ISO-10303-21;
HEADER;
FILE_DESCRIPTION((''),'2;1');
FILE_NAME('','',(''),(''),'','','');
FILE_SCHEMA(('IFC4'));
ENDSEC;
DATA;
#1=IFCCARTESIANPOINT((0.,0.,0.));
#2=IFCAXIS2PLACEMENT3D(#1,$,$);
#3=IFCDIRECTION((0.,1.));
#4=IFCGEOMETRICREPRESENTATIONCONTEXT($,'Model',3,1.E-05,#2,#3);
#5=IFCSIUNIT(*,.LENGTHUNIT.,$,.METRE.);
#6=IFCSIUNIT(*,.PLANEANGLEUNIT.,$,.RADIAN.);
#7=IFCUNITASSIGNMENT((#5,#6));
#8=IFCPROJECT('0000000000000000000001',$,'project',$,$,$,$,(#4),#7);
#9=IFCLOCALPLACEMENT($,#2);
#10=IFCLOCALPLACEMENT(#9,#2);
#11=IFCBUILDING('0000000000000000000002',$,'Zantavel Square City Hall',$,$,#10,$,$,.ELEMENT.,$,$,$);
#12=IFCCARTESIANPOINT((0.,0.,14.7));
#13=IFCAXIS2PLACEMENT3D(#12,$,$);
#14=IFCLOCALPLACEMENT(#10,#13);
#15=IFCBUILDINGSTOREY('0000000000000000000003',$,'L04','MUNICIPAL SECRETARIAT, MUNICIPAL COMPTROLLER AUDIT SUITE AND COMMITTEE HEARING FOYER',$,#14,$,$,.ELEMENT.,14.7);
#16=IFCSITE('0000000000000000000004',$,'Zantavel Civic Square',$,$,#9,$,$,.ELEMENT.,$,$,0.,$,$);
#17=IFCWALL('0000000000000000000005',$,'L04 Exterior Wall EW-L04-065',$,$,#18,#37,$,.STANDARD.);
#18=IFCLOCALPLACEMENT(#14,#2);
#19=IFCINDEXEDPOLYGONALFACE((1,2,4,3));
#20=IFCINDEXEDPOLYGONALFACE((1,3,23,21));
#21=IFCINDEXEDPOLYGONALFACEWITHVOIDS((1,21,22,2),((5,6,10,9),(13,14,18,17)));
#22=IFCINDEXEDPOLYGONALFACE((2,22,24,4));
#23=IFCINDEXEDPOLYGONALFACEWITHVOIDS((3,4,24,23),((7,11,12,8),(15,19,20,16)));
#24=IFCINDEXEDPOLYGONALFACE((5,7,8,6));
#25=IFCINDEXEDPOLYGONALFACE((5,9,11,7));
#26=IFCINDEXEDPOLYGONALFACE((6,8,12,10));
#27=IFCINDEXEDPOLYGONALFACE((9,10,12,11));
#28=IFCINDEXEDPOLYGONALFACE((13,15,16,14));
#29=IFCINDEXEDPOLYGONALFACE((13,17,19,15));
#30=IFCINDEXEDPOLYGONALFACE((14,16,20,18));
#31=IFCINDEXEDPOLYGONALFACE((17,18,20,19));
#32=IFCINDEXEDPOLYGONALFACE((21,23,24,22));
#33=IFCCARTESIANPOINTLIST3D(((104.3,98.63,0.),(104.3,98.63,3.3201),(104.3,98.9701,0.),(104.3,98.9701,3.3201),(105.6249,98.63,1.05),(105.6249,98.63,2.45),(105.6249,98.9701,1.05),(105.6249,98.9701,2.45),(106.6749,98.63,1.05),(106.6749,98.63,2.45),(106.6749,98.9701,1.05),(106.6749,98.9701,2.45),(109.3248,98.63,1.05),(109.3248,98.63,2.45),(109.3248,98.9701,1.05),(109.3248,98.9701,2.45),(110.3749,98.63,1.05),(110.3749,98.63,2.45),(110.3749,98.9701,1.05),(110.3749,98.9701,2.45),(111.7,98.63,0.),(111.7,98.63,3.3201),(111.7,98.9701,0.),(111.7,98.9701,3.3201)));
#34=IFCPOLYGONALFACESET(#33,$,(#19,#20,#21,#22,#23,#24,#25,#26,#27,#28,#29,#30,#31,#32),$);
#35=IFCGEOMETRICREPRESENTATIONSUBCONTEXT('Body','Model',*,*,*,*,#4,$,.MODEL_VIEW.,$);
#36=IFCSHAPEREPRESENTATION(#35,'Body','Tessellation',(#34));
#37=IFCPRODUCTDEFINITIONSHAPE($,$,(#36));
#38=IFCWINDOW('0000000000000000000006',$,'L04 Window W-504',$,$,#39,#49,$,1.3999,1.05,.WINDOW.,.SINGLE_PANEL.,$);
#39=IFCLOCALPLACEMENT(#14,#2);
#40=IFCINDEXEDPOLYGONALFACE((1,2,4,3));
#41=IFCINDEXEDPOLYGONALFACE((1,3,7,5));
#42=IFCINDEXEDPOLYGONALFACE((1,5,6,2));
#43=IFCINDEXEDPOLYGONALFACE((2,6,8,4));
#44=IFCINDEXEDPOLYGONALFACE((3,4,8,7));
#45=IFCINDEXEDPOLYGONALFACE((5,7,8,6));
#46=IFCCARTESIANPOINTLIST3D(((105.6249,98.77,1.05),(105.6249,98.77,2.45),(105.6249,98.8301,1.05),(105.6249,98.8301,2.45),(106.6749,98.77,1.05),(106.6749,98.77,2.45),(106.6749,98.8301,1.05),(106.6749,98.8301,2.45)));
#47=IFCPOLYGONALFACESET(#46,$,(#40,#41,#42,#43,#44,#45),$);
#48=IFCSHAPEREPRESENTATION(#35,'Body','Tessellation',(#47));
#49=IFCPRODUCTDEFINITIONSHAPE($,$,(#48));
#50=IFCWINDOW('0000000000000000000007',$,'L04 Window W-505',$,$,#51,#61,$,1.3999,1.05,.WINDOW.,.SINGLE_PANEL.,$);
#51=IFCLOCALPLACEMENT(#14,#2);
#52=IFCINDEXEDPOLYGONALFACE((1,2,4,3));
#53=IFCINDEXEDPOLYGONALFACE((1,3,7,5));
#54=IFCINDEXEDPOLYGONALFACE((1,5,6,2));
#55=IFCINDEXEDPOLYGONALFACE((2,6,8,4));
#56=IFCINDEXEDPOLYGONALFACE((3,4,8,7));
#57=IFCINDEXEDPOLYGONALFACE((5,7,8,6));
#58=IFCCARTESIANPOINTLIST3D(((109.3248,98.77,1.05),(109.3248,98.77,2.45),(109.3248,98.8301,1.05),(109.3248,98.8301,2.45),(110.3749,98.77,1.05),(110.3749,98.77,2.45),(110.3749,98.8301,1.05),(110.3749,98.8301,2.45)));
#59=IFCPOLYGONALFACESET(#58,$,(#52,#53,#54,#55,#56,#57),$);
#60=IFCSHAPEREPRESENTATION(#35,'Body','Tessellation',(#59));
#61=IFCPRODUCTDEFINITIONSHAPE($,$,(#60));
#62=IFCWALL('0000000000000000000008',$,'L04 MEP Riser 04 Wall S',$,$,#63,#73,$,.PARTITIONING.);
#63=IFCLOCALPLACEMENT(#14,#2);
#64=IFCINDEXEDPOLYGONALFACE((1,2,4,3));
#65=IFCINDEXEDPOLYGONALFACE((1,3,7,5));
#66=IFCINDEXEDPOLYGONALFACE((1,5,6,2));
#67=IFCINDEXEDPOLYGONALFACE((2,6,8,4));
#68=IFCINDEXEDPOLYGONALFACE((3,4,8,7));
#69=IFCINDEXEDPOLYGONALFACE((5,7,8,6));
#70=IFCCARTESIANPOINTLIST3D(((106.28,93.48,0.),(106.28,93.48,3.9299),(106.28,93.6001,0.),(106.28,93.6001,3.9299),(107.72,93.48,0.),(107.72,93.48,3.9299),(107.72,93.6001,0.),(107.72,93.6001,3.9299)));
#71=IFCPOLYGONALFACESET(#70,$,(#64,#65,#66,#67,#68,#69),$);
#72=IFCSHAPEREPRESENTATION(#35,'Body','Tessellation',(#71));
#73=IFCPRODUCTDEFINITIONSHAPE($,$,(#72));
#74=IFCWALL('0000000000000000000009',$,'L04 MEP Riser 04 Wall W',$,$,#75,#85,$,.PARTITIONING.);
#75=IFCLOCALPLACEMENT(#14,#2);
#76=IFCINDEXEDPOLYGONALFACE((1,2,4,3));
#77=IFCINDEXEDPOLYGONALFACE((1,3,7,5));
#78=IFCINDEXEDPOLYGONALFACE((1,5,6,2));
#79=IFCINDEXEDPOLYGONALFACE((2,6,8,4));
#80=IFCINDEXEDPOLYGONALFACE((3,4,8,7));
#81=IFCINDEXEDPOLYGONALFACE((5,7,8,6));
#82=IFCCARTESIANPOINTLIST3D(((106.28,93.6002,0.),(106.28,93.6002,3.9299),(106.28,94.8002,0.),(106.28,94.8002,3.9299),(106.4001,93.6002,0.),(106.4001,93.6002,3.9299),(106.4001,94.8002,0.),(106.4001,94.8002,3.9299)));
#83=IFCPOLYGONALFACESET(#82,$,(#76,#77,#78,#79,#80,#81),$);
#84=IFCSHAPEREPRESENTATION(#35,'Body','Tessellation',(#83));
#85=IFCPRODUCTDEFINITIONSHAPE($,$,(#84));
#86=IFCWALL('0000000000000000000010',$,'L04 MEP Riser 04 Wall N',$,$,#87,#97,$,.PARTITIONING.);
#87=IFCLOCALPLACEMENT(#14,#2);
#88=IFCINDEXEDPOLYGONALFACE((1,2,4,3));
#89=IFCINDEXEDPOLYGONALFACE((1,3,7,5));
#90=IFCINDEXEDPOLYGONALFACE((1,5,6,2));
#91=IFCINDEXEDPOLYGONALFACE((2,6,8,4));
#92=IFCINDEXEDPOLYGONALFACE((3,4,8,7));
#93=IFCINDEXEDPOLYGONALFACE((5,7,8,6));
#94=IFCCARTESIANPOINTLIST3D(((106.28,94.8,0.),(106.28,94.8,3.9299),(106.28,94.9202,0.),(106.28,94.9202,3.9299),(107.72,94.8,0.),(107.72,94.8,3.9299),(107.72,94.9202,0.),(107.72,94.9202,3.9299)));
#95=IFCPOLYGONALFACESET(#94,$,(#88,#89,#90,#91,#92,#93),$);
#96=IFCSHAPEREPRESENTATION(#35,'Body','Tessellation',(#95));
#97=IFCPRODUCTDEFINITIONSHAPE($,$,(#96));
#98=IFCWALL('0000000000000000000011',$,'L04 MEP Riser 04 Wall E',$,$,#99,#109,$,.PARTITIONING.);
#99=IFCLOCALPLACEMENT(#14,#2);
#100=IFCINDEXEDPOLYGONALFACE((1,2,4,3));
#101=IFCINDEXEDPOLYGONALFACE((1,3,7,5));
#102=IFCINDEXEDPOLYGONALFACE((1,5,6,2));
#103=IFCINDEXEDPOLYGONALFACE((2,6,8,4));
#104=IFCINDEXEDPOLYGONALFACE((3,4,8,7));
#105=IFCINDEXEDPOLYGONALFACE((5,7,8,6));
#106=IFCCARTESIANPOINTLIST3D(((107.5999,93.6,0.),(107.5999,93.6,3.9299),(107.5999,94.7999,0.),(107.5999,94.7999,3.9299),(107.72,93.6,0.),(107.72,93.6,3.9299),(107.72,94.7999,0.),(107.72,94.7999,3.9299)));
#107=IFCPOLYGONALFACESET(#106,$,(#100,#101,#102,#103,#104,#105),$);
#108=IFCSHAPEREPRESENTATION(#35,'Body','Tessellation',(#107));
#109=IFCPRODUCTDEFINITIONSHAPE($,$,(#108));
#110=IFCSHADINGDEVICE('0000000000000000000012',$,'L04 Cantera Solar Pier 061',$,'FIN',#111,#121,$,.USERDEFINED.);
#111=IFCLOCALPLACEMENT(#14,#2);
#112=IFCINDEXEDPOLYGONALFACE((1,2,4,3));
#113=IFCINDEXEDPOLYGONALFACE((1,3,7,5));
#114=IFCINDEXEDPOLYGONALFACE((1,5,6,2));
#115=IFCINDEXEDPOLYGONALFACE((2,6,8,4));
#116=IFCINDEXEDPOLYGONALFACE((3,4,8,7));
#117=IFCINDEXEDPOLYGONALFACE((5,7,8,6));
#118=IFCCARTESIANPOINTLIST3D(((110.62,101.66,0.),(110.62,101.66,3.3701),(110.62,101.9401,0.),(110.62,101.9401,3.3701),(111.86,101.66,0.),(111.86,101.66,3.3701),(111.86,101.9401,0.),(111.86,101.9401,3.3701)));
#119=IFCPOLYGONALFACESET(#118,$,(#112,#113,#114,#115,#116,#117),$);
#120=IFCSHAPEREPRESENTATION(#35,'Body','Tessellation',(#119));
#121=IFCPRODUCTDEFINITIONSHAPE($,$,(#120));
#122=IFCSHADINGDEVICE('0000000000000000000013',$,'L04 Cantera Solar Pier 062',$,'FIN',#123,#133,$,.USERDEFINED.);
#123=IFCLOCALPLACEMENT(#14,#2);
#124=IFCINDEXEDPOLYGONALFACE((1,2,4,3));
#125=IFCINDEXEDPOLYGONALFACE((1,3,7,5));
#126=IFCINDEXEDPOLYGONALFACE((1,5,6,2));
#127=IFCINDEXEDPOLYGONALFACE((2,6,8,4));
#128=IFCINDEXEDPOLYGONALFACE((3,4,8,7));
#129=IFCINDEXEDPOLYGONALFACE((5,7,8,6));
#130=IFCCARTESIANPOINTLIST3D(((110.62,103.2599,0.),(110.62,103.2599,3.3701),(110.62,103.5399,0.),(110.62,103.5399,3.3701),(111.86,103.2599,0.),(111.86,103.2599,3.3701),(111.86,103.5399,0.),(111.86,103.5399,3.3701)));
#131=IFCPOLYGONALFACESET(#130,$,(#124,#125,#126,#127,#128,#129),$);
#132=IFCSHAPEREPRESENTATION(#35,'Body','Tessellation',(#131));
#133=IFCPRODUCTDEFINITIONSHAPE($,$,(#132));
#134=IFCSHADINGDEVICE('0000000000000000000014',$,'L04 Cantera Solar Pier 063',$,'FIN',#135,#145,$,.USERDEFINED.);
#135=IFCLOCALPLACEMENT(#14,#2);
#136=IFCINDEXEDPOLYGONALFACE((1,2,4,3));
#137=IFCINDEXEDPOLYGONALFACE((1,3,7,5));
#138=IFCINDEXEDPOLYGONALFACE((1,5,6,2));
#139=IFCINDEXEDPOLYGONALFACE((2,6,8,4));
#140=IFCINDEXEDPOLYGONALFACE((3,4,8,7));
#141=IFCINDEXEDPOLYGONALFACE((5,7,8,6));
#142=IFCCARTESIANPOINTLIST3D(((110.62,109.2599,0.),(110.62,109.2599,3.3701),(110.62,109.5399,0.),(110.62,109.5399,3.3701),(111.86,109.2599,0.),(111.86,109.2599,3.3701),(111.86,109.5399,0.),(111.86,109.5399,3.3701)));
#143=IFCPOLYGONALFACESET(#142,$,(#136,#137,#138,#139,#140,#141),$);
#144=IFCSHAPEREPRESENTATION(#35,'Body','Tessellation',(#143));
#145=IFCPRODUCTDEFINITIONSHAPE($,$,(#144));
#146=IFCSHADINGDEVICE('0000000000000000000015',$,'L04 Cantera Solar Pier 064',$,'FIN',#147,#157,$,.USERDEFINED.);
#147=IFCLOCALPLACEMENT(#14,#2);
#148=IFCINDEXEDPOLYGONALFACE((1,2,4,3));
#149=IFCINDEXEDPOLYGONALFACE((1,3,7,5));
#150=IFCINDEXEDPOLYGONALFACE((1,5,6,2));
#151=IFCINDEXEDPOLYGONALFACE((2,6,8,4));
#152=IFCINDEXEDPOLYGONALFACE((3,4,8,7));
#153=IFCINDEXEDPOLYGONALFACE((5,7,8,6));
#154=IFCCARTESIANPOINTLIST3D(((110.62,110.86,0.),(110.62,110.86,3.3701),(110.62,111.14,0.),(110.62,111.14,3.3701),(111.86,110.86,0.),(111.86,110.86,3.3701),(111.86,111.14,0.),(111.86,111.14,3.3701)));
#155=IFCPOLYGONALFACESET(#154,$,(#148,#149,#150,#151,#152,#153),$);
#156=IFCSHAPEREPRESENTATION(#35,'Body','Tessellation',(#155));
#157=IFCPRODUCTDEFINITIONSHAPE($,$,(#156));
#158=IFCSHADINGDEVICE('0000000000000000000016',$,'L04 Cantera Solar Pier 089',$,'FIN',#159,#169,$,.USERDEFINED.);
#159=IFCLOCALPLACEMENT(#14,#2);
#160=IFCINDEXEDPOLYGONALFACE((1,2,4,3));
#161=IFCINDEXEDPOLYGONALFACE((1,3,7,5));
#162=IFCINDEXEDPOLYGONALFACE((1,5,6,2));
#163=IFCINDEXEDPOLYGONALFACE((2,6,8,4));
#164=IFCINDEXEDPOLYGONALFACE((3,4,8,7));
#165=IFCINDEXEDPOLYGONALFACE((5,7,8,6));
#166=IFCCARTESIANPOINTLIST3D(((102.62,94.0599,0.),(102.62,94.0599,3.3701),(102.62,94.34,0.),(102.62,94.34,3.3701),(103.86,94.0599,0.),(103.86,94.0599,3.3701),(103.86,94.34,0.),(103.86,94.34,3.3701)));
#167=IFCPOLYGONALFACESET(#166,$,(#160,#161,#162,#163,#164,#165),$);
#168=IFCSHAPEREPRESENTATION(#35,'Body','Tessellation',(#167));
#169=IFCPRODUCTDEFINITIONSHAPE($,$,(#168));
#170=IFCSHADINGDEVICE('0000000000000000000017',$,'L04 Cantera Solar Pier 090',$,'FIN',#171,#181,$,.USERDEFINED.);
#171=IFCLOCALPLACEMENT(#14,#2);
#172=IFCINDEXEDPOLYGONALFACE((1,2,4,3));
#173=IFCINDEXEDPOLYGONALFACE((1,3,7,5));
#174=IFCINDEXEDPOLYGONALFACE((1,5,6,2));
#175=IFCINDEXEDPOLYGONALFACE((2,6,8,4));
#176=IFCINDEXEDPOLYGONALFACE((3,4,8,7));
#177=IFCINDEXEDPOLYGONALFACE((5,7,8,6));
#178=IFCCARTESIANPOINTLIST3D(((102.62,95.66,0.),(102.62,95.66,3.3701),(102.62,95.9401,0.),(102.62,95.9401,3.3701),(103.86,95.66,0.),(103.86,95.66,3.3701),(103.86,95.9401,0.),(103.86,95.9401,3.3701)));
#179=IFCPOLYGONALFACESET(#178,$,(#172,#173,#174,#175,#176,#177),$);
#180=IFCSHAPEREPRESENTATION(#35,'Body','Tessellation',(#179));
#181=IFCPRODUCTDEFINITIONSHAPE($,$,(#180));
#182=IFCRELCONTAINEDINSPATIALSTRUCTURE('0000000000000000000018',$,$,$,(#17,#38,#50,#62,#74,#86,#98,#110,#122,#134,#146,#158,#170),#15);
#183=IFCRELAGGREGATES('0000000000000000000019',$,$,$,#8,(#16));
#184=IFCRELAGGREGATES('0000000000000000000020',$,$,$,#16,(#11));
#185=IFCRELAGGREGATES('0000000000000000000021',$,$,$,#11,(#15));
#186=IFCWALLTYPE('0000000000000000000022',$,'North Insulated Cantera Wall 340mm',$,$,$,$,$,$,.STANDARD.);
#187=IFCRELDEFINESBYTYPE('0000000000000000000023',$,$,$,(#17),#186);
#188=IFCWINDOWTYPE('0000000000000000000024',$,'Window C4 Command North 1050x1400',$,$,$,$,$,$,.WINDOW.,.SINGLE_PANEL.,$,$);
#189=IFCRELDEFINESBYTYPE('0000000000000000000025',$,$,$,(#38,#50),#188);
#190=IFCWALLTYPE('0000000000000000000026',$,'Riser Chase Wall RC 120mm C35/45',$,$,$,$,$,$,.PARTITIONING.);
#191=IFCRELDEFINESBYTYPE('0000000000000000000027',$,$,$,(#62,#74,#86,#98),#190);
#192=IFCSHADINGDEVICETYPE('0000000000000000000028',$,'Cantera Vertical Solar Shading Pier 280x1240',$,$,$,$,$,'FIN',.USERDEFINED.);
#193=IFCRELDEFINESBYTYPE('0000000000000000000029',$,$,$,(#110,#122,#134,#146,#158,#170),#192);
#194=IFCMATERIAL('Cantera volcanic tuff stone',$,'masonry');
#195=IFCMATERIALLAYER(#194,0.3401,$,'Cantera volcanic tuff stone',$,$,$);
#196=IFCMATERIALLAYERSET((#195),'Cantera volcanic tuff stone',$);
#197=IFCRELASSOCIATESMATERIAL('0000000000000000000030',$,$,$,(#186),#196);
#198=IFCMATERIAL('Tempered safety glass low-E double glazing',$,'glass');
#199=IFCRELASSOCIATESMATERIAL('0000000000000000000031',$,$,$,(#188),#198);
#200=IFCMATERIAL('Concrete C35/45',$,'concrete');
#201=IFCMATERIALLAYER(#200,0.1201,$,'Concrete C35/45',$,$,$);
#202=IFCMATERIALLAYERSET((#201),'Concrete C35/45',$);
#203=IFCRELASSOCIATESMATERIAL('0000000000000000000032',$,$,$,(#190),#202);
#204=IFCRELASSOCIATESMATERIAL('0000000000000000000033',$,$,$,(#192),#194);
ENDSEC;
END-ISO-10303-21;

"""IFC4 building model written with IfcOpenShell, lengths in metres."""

from ifc_helpers import new_model, si_unit, direction, frame, frame_2d, origin, origin_2d, place, context, subcontext, project, spatial, rectangle, extrude, material, layer, layer_set, type_object, element, fill, save


model = new_model("IFC4")

# Units and contexts
model_context = context("Model", 3, precision=1e-05, world=origin(), true_north=direction((0.0, 1.0)))
body_context = subcontext(model_context, "Body", "Model", "MODEL_VIEW")
ifc_project = project(units=[si_unit("LENGTHUNIT", "METRE"), si_unit("PLANEANGLEUNIT", "RADIAN")], contexts=[model_context])

# Site, building, storey
site_placement = place(None, origin())
site = spatial("IfcSite", under=ifc_project, at=site_placement, Name="Zantavel Civic Square", CompositionType="ELEMENT", RefElevation=0.0)
building_placement = place(site_placement, origin())
building = spatial("IfcBuilding", under=site, at=building_placement, Name="Zantavel Square City Hall", CompositionType="ELEMENT")
storey_placement = place(building_placement, frame((0.0, 0.0, 14.7)))
storey = spatial("IfcBuildingStorey", under=building, at=storey_placement, Name="L04", Description="MUNICIPAL SECRETARIAT, MUNICIPAL COMPTROLLER AUDIT SUITE AND COMMITTEE HEARING FOYER", CompositionType="ELEMENT", Elevation=14.7)

# Shared definitions
ifc_material_1 = material(Name="Concrete C35/45", Category="concrete")

# Wall, openings, windows
ifc_material_2 = material(Name="Cantera volcanic tuff stone", Category="masonry")
ifc_material_3 = material(Name="Tempered safety glass low-E double glazing", Category="glass")
ifc_layer_1 = layer(ifc_material_2, 0.3401, Name="Cantera volcanic tuff stone")
ifc_layer_set_1 = layer_set([ifc_layer_1], Name="Cantera volcanic tuff stone")
wall_type_1 = type_object("IfcWallType", Name="North Insulated Cantera Wall 340mm", PredefinedType="STANDARD", material=ifc_layer_set_1)
wall_1_placement = place(storey_placement, frame((104.3, 98.8, 0.0), z_axis=(0.0, 0.0, 1.0), x_axis=(1.0, 0.0, 0.0)))
wall_1 = element("IfcWall", 1, at=wall_1_placement, inside=storey, type_object=wall_type_1, Name="L04 Exterior Wall EW-L04-065", PredefinedType="STANDARD", context=body_context, shape_type="SweptSolid", body=[
    extrude(rectangle(XDim=7.3999, YDim=0.3401, at=frame_2d((3.7, 0.0))), origin(), (0.0, 0.0, 1.0), 3.3201),
])
opening_1_placement = place(wall_1_placement, frame((1.325, 0.0, 1.05)))
opening_1 = element("IfcOpeningElement", 2, at=opening_1_placement, cuts=wall_1, PredefinedType="OPENING", context=body_context, shape_type="SweptSolid", body=[
    extrude(rectangle(XDim=1.05, YDim=1.3999, at=frame_2d((0.5249, 0.7))), frame((0.0, 0.1799, 0.0), z_axis=(0.0, -1.0, 0.0), x_axis=(1.0, 0.0, 0.0)), (0.0, 0.0, 1.0), 0.3601),
])
opening_2_placement = place(wall_1_placement, frame((5.0249, 0.0, 1.05)))
opening_2 = element("IfcOpeningElement", 3, at=opening_2_placement, cuts=wall_1, PredefinedType="OPENING", context=body_context, shape_type="SweptSolid", body=[
    extrude(rectangle(XDim=1.05, YDim=1.3999, at=frame_2d((0.5249, 0.7))), frame((0.0, 0.1799, 0.0), z_axis=(0.0, -1.0, 0.0), x_axis=(1.0, 0.0, 0.0)), (0.0, 0.0, 1.0), 0.3601),
])
window_type_1 = type_object("IfcWindowType", Name="Window C4 Command North 1050x1400", PartitioningType="SINGLE_PANEL", PredefinedType="WINDOW", material=ifc_material_3)
window_1_placement = place(opening_1_placement, origin())
window_1 = element("IfcWindow", 4, at=window_1_placement, inside=storey, type_object=window_type_1, Name="L04 Window W-504", OverallHeight=1.3999, OverallWidth=1.05, PartitioningType="SINGLE_PANEL", PredefinedType="WINDOW", context=body_context, shape_type="SweptSolid", body=[
    extrude(rectangle(XDim=1.05, YDim=1.3999, at=frame_2d((0.5249, 0.7))), frame((0.0, 0.03, 0.0), z_axis=(0.0, -1.0, 0.0), x_axis=(1.0, 0.0, 0.0)), (0.0, 0.0, 1.0), 0.0601),
])
fill(opening_1, window_1)
window_2_placement = place(opening_2_placement, origin())
window_2 = element("IfcWindow", 5, at=window_2_placement, inside=storey, type_object=window_type_1, Name="L04 Window W-505", OverallHeight=1.3999, OverallWidth=1.05, PartitioningType="SINGLE_PANEL", PredefinedType="WINDOW", context=body_context, shape_type="SweptSolid", body=[
    extrude(rectangle(XDim=1.05, YDim=1.3999, at=frame_2d((0.5249, 0.7))), frame((0.0, 0.03, 0.0), z_axis=(0.0, -1.0, 0.0), x_axis=(1.0, 0.0, 0.0)), (0.0, 0.0, 1.0), 0.0601),
])
fill(opening_2, window_2)

# Walls
ifc_layer_2 = layer(ifc_material_1, 0.1201, Name="Concrete C35/45")
ifc_layer_set_2 = layer_set([ifc_layer_2], Name="Concrete C35/45")
wall_type_2 = type_object("IfcWallType", Name="Riser Chase Wall RC 120mm C35/45", PredefinedType="PARTITIONING", material=ifc_layer_set_2)
wall_2_placement = place(storey_placement, frame((107.72, 93.54, 0.0), z_axis=(0.0, 0.0, 1.0), x_axis=(-1.0, 0.0, 0.0)))
element("IfcWall", 6, at=wall_2_placement, inside=storey, type_object=wall_type_2, Name="L04 MEP Riser 04 Wall S", PredefinedType="PARTITIONING", context=body_context, shape_type="SweptSolid", body=[
    extrude(rectangle(XDim=1.4399, YDim=0.1201, at=frame_2d((0.72, 0.0))), origin(), (0.0, 0.0, 1.0), 3.9299),
])
wall_3_placement = place(storey_placement, frame((106.3401, 93.6001, 0.0), z_axis=(0.0, 0.0, 1.0), x_axis=(0.0, 1.0, 0.0)))
element("IfcWall", 7, at=wall_3_placement, inside=storey, type_object=wall_type_2, Name="L04 MEP Riser 04 Wall W", PredefinedType="PARTITIONING", context=body_context, shape_type="SweptSolid", body=[
    extrude(rectangle(XDim=1.2, YDim=0.1201, at=frame_2d((0.6001, 0.0))), origin(), (0.0, 0.0, 1.0), 3.9299),
])
wall_4_placement = place(storey_placement, frame((106.28, 94.8601, 0.0), z_axis=(0.0, 0.0, 1.0), x_axis=(1.0, 0.0, 0.0)))
element("IfcWall", 8, at=wall_4_placement, inside=storey, type_object=wall_type_2, Name="L04 MEP Riser 04 Wall N", PredefinedType="PARTITIONING", context=body_context, shape_type="SweptSolid", body=[
    extrude(rectangle(XDim=1.4399, YDim=0.1201, at=frame_2d((0.72, 0.0))), origin(), (0.0, 0.0, 1.0), 3.9299),
])
wall_5_placement = place(storey_placement, frame((107.6599, 94.8, 0.0), z_axis=(0.0, 0.0, 1.0), x_axis=(0.0, -1.0, 0.0)))
element("IfcWall", 9, at=wall_5_placement, inside=storey, type_object=wall_type_2, Name="L04 MEP Riser 04 Wall E", PredefinedType="PARTITIONING", context=body_context, shape_type="SweptSolid", body=[
    extrude(rectangle(XDim=1.2, YDim=0.1201, at=frame_2d((0.6001, 0.0))), origin(), (0.0, 0.0, 1.0), 3.9299),
])

# Shading devices
shading_device_type = type_object("IfcShadingDeviceType", Name="Cantera Vertical Solar Shading Pier 280x1240", ElementType="FIN", PredefinedType="USERDEFINED", material=ifc_material_2)
for number, where, z_axis, x_axis, name in (
    (10, (111.24, 101.8, 0.0), (0.0, 0.0, 1.0), (1.0, 0.0, 0.0), "L04 Cantera Solar Pier 061"),
    (11, (111.24, 103.3999, 0.0), (0.0, 0.0, 1.0), (1.0, 0.0, 0.0), "L04 Cantera Solar Pier 062"),
    (12, (111.24, 109.3999, 0.0), (0.0, 0.0, 1.0), (1.0, 0.0, 0.0), "L04 Cantera Solar Pier 063"),
    (13, (111.24, 111.0, 0.0), (0.0, 0.0, 1.0), (1.0, 0.0, 0.0), "L04 Cantera Solar Pier 064"),
    (14, (103.24, 94.2, 0.0), (0.0, 0.0, 1.0), (1.0, 0.0, 0.0), "L04 Cantera Solar Pier 089"),
    (15, (103.24, 95.8, 0.0), (0.0, 0.0, 1.0), (1.0, 0.0, 0.0), "L04 Cantera Solar Pier 090"),
):
    element("IfcShadingDevice", number, at=place(storey_placement, frame(where, z_axis=z_axis, x_axis=x_axis)), inside=storey, type_object=shading_device_type, Name=name, ObjectType="FIN", PredefinedType="USERDEFINED", context=body_context, shape_type="SweptSolid", body=[
        extrude(rectangle(XDim=1.24, YDim=0.28, at=origin_2d()), origin(), (0.0, 0.0, 1.0), 3.3701),
    ])

save(model, "model.ifc")
